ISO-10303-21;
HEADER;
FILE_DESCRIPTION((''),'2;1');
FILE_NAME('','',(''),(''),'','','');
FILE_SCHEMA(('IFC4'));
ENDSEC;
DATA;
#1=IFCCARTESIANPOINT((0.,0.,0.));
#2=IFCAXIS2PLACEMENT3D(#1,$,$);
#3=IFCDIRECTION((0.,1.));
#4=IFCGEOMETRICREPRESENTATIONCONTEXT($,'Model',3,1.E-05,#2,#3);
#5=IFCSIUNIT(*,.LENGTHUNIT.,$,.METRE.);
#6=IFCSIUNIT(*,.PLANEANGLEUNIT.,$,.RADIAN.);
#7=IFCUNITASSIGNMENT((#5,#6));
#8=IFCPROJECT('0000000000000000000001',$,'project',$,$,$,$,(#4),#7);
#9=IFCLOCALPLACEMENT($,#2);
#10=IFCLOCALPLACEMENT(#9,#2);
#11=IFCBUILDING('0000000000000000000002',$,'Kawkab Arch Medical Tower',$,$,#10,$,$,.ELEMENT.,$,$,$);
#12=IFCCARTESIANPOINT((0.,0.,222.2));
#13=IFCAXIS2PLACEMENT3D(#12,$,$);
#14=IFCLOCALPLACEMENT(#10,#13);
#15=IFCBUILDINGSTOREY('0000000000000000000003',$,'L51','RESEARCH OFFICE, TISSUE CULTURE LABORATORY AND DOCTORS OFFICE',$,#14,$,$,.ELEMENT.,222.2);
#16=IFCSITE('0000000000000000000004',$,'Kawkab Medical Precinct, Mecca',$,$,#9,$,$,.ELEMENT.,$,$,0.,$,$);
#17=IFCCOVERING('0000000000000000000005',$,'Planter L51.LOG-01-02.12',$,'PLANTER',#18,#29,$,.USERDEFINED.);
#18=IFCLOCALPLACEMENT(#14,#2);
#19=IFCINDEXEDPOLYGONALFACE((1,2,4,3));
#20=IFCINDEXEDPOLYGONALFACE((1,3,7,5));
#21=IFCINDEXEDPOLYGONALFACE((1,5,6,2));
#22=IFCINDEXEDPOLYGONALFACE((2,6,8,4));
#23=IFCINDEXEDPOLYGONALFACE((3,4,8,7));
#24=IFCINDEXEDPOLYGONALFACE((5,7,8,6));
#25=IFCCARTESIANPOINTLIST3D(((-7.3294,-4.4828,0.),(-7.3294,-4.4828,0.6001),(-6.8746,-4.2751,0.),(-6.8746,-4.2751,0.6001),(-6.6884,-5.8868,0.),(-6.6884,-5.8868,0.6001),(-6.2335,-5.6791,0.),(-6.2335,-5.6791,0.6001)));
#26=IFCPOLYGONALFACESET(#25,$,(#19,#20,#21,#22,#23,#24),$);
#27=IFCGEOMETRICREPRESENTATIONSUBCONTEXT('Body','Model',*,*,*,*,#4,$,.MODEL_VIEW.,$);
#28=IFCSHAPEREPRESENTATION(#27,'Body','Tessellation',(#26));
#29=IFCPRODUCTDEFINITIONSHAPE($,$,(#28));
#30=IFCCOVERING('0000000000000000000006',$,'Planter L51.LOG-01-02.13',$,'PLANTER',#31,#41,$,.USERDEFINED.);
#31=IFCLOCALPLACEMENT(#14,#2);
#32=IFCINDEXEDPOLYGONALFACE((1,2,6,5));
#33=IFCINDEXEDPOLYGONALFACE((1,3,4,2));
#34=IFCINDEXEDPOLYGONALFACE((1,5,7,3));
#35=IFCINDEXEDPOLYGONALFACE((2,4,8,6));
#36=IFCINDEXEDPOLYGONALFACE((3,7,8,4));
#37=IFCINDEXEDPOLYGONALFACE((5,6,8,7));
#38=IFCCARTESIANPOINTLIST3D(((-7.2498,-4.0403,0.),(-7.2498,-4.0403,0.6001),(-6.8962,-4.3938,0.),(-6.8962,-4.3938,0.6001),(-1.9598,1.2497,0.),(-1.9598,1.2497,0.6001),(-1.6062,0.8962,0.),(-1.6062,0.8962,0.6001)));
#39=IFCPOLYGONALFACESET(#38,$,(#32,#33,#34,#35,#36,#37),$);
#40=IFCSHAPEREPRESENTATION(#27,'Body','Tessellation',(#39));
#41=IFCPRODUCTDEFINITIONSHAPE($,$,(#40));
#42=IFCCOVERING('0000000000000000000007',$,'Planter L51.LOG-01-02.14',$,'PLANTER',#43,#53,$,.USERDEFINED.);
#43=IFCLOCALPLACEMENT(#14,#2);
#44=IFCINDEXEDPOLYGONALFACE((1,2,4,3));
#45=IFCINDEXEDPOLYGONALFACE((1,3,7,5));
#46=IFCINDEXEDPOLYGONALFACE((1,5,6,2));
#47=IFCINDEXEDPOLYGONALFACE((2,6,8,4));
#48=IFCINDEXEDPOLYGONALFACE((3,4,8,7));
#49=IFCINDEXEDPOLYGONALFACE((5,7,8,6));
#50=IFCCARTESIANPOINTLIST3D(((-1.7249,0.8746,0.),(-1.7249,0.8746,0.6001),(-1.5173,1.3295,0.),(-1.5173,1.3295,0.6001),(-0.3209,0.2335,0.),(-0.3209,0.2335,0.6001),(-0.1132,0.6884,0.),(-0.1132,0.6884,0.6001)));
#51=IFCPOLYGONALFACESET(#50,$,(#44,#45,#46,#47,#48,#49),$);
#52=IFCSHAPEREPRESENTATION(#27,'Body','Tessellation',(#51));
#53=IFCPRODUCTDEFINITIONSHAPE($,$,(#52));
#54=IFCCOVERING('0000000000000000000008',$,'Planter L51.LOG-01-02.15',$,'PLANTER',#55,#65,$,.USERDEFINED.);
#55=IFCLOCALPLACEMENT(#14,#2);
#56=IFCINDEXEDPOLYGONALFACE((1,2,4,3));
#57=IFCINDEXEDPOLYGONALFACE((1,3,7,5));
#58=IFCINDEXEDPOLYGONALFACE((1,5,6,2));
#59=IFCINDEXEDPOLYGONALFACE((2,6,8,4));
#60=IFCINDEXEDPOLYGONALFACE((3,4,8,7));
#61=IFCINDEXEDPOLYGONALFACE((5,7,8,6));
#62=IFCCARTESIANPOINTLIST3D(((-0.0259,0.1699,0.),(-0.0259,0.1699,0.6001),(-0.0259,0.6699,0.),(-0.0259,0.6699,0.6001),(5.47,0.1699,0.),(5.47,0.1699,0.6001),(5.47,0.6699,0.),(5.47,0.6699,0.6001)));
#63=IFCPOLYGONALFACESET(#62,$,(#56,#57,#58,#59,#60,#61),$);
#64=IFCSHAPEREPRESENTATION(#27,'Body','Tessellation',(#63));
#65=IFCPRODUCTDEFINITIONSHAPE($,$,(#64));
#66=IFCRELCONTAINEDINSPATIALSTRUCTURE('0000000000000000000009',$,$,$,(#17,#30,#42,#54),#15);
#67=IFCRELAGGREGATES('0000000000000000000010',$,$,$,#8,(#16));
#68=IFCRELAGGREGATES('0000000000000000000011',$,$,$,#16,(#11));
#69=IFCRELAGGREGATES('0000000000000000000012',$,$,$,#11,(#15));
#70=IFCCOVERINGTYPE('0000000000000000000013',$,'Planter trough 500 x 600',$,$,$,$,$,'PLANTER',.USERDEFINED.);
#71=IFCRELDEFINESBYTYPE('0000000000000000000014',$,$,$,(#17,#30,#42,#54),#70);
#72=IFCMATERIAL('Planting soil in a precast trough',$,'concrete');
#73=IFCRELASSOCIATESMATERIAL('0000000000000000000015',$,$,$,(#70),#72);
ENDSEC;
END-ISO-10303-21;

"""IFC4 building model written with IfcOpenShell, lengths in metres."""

from ifc_helpers import new_model, si_unit, direction, frame, origin, origin_2d, place, context, subcontext, project, spatial, rectangle, extrude, material, material_profile, profile_set, type_object, element, save


model = new_model("IFC4")

# Units and contexts
model_context = context("Model", 3, precision=1e-05, world=origin(), true_north=direction((0.0, 1.0)))
body_context = subcontext(model_context, "Body", "Model", "MODEL_VIEW")
ifc_project = project(units=[si_unit("LENGTHUNIT", "METRE"), si_unit("PLANEANGLEUNIT", "RADIAN")], contexts=[model_context])

# Site, building, storey
site_placement = place(None, origin())
site = spatial("IfcSite", under=ifc_project, at=site_placement, Name="Kawkab Medical Precinct, Mecca", CompositionType="ELEMENT", RefElevation=0.0)
building_placement = place(site_placement, origin())
building = spatial("IfcBuilding", under=site, at=building_placement, Name="Kawkab Arch Medical Tower", CompositionType="ELEMENT")
storey_placement = place(building_placement, frame((0.0, 0.0, 222.2)))
storey = spatial("IfcBuildingStorey", under=building, at=storey_placement, Name="L51", Description="RESEARCH OFFICE, TISSUE CULTURE LABORATORY AND DOCTORS OFFICE", CompositionType="ELEMENT", Elevation=222.2)

# Coverings
ifc_material_1 = material(Name="Planting soil in a precast trough", Category="concrete")
ifc_material_profile_1 = material_profile(ifc_material_1, rectangle(XDim=0.5, YDim=0.6001, at=origin_2d()), Name="Trough 500x600")
ifc_profile_set_1 = profile_set([ifc_material_profile_1], Name="Planting soil in a precast trough")
covering_type_1 = type_object("IfcCoveringType", Name="Planter trough 500 x 600", ElementType="PLANTER", PredefinedType="USERDEFINED", material=ifc_profile_set_1)
covering_1_placement = place(storey_placement, frame((-6.4609, -5.783, 0.3), z_axis=(-0.415363, 0.909656, 0.0), x_axis=(-0.909656, -0.415363, 0.0)))
element("IfcCovering", 1, at=covering_1_placement, inside=storey, type_object=covering_type_1, Name="Planter L51.LOG-01-02.12", ObjectType="PLANTER", PredefinedType="USERDEFINED", context=body_context, shape_type="SweptSolid", body=[
    extrude(rectangle(XDim=0.5, YDim=0.6001, at=origin_2d()), origin(), (0.0, 0.0, 1.0), 1.5435),
])
covering_2_placement = place(storey_placement, frame((-7.073, -4.217, 0.3), z_axis=(0.707107, 0.707107, 0.0), x_axis=(-0.707107, 0.707107, 0.0)))
element("IfcCovering", 2, at=covering_2_placement, inside=storey, type_object=covering_type_1, Name="Planter L51.LOG-01-02.13", ObjectType="PLANTER", PredefinedType="USERDEFINED", context=body_context, shape_type="SweptSolid", body=[
    extrude(rectangle(XDim=0.5, YDim=0.6001, at=origin_2d()), origin(), (0.0, 0.0, 1.0), 7.4812),
])
covering_3_placement = place(storey_placement, frame((-1.6211, 1.1021, 0.3), z_axis=(0.909656, -0.415363, 0.0), x_axis=(0.415363, 0.909656, 0.0)))
element("IfcCovering", 3, at=covering_3_placement, inside=storey, type_object=covering_type_1, Name="Planter L51.LOG-01-02.14", ObjectType="PLANTER", PredefinedType="USERDEFINED", context=body_context, shape_type="SweptSolid", body=[
    extrude(rectangle(XDim=0.5, YDim=0.6001, at=origin_2d()), origin(), (0.0, 0.0, 1.0), 1.5435),
])
covering_4_placement = place(storey_placement, frame((-0.0259, 0.4199, 0.3), z_axis=(1.0, 0.0, 0.0), x_axis=(0.0, 1.0, 0.0)))
element("IfcCovering", 4, at=covering_4_placement, inside=storey, type_object=covering_type_1, Name="Planter L51.LOG-01-02.15", ObjectType="PLANTER", PredefinedType="USERDEFINED", context=body_context, shape_type="SweptSolid", body=[
    extrude(rectangle(XDim=0.5, YDim=0.6001, at=origin_2d()), origin(), (0.0, 0.0, 1.0), 5.4958),
])

save(model, "model.ifc")
